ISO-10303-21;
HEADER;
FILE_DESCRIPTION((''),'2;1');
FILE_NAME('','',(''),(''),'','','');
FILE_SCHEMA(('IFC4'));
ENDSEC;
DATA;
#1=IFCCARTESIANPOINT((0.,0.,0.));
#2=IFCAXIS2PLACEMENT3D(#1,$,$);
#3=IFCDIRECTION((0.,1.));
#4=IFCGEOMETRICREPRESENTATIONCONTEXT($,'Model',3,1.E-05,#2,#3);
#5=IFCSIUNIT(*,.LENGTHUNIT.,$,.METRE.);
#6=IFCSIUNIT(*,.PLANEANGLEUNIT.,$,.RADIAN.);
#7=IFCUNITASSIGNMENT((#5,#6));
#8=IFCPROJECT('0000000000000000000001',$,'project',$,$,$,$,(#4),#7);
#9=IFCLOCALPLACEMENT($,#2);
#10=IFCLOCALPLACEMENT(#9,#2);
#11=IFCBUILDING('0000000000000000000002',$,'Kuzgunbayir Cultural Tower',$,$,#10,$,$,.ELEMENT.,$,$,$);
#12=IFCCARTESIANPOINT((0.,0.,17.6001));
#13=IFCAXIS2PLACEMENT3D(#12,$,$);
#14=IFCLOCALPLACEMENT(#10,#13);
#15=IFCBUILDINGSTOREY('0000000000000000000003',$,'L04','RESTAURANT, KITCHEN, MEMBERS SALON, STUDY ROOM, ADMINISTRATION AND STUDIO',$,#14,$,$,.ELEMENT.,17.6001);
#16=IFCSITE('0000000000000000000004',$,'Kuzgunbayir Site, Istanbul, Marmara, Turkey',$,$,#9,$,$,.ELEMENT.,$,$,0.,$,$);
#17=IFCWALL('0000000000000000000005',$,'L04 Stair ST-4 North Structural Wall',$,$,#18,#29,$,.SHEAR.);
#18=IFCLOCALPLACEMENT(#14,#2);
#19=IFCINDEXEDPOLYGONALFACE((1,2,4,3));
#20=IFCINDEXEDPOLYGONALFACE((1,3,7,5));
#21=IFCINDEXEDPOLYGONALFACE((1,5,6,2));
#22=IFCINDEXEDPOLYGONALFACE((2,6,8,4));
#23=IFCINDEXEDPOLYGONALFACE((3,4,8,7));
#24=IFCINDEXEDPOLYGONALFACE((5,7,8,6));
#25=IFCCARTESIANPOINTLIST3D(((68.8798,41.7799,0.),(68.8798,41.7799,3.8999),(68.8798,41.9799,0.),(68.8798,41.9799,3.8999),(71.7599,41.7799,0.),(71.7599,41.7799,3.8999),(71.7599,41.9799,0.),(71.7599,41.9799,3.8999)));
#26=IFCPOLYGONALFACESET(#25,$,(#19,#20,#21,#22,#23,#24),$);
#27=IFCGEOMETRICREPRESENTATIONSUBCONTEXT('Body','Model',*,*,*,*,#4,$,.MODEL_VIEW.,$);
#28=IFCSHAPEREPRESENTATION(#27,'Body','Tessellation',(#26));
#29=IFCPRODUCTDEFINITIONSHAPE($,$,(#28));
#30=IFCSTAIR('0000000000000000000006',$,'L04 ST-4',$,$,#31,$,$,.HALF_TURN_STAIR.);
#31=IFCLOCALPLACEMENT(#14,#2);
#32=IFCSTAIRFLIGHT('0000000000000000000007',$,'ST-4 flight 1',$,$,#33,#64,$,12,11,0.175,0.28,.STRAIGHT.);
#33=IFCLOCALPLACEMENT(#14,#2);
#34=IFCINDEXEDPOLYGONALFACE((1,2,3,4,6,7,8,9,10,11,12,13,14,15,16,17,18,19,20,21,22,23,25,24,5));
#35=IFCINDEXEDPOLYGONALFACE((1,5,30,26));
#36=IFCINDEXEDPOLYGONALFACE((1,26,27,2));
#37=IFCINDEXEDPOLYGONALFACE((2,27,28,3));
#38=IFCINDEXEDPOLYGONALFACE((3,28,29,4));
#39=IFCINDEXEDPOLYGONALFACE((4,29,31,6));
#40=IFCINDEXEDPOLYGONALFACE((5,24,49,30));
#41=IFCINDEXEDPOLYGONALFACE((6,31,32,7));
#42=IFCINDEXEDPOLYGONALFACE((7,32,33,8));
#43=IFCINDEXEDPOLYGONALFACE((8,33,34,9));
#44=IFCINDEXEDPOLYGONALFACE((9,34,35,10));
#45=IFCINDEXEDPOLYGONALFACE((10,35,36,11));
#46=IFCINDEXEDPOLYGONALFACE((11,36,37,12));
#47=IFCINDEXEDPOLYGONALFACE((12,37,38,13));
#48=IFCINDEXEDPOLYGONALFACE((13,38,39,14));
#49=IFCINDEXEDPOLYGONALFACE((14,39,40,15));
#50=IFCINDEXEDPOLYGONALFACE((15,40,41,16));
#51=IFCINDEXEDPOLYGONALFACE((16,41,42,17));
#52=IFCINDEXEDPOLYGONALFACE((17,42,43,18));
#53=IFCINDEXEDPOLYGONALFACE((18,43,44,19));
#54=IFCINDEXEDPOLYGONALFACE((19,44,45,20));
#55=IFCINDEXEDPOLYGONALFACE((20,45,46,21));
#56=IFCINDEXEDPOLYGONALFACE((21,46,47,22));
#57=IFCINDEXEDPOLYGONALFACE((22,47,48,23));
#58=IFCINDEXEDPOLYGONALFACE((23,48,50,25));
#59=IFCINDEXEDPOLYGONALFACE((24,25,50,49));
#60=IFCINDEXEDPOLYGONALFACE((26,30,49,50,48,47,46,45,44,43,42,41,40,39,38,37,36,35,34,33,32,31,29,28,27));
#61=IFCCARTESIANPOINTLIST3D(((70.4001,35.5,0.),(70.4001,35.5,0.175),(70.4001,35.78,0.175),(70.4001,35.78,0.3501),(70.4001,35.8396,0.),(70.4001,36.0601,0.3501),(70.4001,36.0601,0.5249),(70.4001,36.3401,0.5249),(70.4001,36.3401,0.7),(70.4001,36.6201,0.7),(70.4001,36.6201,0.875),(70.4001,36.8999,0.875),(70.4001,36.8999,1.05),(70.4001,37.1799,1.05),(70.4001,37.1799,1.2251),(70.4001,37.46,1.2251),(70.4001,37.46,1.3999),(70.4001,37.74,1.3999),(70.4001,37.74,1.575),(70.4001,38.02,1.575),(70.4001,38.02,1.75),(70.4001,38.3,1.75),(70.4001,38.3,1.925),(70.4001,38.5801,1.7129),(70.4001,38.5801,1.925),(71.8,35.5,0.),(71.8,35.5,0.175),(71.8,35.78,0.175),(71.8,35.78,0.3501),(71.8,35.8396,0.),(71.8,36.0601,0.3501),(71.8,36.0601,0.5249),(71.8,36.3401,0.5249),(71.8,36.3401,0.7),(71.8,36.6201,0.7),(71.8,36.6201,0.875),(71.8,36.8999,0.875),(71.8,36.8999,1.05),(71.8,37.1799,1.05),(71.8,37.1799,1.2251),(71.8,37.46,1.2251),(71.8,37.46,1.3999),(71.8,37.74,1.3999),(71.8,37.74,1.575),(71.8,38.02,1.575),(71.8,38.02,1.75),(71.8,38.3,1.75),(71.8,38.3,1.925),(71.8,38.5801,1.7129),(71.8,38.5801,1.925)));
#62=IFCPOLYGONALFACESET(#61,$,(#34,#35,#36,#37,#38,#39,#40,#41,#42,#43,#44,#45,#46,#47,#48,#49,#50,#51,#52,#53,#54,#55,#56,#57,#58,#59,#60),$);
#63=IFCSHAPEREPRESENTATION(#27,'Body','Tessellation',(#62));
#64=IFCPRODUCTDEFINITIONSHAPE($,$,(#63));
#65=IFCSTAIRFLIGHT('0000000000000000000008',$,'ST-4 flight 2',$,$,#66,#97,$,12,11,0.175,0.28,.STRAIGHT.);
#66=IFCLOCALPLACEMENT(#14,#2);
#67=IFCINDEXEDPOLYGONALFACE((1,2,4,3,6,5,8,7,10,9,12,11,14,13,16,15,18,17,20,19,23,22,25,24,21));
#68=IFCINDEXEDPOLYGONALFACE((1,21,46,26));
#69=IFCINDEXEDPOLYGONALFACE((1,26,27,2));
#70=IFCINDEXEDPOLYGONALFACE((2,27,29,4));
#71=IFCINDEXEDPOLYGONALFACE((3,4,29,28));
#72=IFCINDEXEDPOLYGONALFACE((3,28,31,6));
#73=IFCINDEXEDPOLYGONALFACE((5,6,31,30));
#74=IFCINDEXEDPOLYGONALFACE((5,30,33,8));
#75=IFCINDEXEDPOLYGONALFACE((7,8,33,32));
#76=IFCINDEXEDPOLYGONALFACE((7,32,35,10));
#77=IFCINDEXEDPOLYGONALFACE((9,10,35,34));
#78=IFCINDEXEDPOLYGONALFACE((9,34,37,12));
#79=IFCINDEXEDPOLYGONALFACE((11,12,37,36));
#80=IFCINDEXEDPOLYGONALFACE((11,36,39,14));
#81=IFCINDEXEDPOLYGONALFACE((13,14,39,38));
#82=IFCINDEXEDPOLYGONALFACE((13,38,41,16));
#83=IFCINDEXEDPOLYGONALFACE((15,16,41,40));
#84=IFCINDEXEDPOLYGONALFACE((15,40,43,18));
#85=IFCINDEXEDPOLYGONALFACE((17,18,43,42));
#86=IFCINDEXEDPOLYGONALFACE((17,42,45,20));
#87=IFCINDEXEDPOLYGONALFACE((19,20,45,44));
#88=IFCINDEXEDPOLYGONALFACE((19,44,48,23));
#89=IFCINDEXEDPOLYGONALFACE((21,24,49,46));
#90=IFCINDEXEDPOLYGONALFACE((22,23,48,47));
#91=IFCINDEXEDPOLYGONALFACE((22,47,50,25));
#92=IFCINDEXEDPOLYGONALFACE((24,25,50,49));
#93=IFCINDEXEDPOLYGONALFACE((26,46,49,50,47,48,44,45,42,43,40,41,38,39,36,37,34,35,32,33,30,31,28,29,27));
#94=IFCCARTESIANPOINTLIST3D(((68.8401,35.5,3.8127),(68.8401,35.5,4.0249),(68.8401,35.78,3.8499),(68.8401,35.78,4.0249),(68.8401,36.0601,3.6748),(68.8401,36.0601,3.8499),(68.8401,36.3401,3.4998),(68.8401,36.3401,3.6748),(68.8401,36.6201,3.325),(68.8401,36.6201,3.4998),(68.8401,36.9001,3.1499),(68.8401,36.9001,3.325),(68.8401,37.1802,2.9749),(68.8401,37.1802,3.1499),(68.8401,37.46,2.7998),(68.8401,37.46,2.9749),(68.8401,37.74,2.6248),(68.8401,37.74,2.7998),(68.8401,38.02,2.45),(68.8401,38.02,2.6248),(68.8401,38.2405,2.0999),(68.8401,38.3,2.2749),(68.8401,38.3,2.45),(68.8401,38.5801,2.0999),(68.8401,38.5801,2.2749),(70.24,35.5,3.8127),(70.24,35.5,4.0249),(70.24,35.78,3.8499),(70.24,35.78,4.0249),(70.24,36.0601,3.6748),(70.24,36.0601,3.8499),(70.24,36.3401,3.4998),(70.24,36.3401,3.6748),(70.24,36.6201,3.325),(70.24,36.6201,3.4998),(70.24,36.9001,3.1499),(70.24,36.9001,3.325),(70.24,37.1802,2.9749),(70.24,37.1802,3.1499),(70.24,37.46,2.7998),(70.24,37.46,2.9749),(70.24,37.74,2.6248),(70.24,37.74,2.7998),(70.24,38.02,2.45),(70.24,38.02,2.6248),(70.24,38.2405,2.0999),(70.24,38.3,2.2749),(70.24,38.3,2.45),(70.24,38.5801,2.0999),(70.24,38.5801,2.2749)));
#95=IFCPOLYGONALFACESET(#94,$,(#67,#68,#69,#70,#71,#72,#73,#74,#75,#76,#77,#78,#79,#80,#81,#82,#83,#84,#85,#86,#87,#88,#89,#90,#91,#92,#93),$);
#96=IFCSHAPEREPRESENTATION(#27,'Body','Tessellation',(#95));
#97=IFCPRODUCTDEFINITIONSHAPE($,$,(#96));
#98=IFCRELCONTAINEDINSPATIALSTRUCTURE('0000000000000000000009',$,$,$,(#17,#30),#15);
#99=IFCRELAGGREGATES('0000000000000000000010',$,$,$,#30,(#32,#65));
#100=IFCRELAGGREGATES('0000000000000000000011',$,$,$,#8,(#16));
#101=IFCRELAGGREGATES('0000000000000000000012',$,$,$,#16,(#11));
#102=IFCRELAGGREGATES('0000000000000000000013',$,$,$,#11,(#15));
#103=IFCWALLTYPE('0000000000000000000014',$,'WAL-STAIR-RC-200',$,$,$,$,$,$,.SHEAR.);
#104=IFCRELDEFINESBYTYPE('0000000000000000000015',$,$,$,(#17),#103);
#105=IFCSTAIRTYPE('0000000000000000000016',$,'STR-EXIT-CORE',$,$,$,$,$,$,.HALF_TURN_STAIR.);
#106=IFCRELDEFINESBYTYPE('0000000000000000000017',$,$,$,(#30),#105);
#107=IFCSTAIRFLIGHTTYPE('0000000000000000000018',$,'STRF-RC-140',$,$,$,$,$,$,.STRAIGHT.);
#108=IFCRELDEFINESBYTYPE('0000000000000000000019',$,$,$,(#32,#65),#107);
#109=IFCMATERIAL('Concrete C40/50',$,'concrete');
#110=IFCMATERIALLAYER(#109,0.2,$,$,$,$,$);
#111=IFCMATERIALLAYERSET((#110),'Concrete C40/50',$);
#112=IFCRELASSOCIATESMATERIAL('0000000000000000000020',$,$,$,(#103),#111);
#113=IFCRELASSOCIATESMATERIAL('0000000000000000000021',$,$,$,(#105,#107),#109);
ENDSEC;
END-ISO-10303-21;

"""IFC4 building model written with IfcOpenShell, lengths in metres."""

from ifc_helpers import new_model, si_unit, direction, frame, frame_2d, origin, place, context, subcontext, project, spatial, polyline, rectangle, outline, extrude, material, layer, layer_set, type_object, element, aggregate, save


model = new_model("IFC4")

# Units and contexts
model_context = context("Model", 3, precision=1e-05, world=origin(), true_north=direction((0.0, 1.0)))
body_context = subcontext(model_context, "Body", "Model", "MODEL_VIEW")
ifc_project = project(units=[si_unit("LENGTHUNIT", "METRE"), si_unit("PLANEANGLEUNIT", "RADIAN")], contexts=[model_context])

# Site, building, storey
site_placement = place(None, origin())
site = spatial("IfcSite", under=ifc_project, at=site_placement, Name="Kuzgunbayir Site, Istanbul, Marmara, Turkey", CompositionType="ELEMENT", RefElevation=0.0)
building_placement = place(site_placement, origin())
building = spatial("IfcBuilding", under=site, at=building_placement, Name="Kuzgunbayir Cultural Tower", CompositionType="ELEMENT")
storey_placement = place(building_placement, frame((0.0, 0.0, 17.6001)))
storey = spatial("IfcBuildingStorey", under=building, at=storey_placement, Name="L04", Description="RESTAURANT, KITCHEN, MEMBERS SALON, STUDY ROOM, ADMINISTRATION AND STUDIO", CompositionType="ELEMENT", Elevation=17.6001)

# Wall
ifc_material_1 = material(Name="Concrete C40/50", Category="concrete")
ifc_layer_1 = layer(ifc_material_1, 0.2)
ifc_layer_set_1 = layer_set([ifc_layer_1], Name="Concrete C40/50")
wall_type_1 = type_object("IfcWallType", Name="WAL-STAIR-RC-200", PredefinedType="SHEAR", material=ifc_layer_set_1)
wall_1_placement = place(storey_placement, frame((68.8799, 41.8799, 0.0), z_axis=(0.0, 0.0, 1.0), x_axis=(1.0, 0.0, 0.0)))
element("IfcWall", 1, at=wall_1_placement, inside=storey, type_object=wall_type_1, Name="L04 Stair ST-4 North Structural Wall", PredefinedType="SHEAR", context=body_context, shape_type="SweptSolid", body=[
    extrude(rectangle(XDim=2.8801, YDim=0.2, at=frame_2d((1.4399, 0.0))), origin(), (0.0, 0.0, 1.0), 3.8999),
])

# Stair, stair flights
stair_type = type_object("IfcStairType", Name="STR-EXIT-CORE", PredefinedType="HALF_TURN_STAIR", material=ifc_material_1)
stair_placement = place(storey_placement, origin())
stair = element("IfcStair", 2, at=stair_placement, inside=storey, type_object=stair_type, Name="L04 ST-4", PredefinedType="HALF_TURN_STAIR")
stair_flight_type = type_object("IfcStairFlightType", Name="STRF-RC-140", PredefinedType="STRAIGHT", material=ifc_material_1)
stair_flight_1_placement = place(storey_placement, frame((71.1001, 35.5, 0.0), z_axis=(0.0, 0.0, 1.0), x_axis=(0.0, 1.0, 0.0)))
stair_flight_1 = element("IfcStairFlight", 3, at=stair_flight_1_placement, type_object=stair_flight_type, Name="ST-4 flight 1", NumberOfRisers=12, NumberOfTreads=11, PredefinedType="STRAIGHT", RiserHeight=0.175, TreadLength=0.28, context=body_context, shape_type="SweptSolid", body=[
    extrude(outline(polyline([(0.0, 0.0), (0.0, 0.175), (0.28, 0.175), (0.28, 0.3501), (0.5601, 0.3501), (0.5601, 0.5249), (0.8401, 0.5249), (0.8401, 0.7), (1.1201, 0.7), (1.1201, 0.875), (1.3999, 0.875), (1.3999, 1.05), (1.6799, 1.05), (1.6799, 1.2251), (1.96, 1.2251), (1.96, 1.3999), (2.24, 1.3999), (2.24, 1.575), (2.52, 1.575), (2.52, 1.75), (2.8, 1.75), (2.8, 1.925), (3.0801, 1.925), (3.0801, 2.1001), (3.0801, 1.7129), (0.3396, 0.0), (0.0, 0.0)])), frame((0.0, 0.7, 0.0), z_axis=(0.0, -1.0, 0.0), x_axis=(1.0, 0.0, 0.0)), (0.0, 0.0, 1.0), 1.3999),
])
stair_flight_2_placement = place(storey_placement, frame((69.54, 38.5801, 2.0999), z_axis=(0.0, 0.0, 1.0), x_axis=(0.0, -1.0, 0.0)))
stair_flight_2 = element("IfcStairFlight", 4, at=stair_flight_2_placement, type_object=stair_flight_type, Name="ST-4 flight 2", NumberOfRisers=12, NumberOfTreads=11, PredefinedType="STRAIGHT", RiserHeight=0.175, TreadLength=0.28, context=body_context, shape_type="SweptSolid", body=[
    extrude(outline(polyline([(0.0, 0.0), (0.0, 0.175), (0.28, 0.175), (0.28, 0.3501), (0.5601, 0.3501), (0.5601, 0.5249), (0.8401, 0.5249), (0.8401, 0.7), (1.1201, 0.7), (1.1201, 0.875), (1.3999, 0.875), (1.3999, 1.05), (1.6799, 1.05), (1.6799, 1.2251), (1.96, 1.2251), (1.96, 1.3999), (2.24, 1.3999), (2.24, 1.575), (2.52, 1.575), (2.52, 1.75), (2.8, 1.75), (2.8, 1.925), (3.0801, 1.925), (3.0801, 2.1001), (3.0801, 1.7129), (0.3396, 0.0), (0.0, 0.0)])), frame((0.0, 0.7, 0.0), z_axis=(0.0, -1.0, 0.0), x_axis=(1.0, 0.0, 0.0)), (0.0, 0.0, 1.0), 1.3999),
])
aggregate(stair, [stair_flight_1, stair_flight_2])

save(model, "model.ifc")
